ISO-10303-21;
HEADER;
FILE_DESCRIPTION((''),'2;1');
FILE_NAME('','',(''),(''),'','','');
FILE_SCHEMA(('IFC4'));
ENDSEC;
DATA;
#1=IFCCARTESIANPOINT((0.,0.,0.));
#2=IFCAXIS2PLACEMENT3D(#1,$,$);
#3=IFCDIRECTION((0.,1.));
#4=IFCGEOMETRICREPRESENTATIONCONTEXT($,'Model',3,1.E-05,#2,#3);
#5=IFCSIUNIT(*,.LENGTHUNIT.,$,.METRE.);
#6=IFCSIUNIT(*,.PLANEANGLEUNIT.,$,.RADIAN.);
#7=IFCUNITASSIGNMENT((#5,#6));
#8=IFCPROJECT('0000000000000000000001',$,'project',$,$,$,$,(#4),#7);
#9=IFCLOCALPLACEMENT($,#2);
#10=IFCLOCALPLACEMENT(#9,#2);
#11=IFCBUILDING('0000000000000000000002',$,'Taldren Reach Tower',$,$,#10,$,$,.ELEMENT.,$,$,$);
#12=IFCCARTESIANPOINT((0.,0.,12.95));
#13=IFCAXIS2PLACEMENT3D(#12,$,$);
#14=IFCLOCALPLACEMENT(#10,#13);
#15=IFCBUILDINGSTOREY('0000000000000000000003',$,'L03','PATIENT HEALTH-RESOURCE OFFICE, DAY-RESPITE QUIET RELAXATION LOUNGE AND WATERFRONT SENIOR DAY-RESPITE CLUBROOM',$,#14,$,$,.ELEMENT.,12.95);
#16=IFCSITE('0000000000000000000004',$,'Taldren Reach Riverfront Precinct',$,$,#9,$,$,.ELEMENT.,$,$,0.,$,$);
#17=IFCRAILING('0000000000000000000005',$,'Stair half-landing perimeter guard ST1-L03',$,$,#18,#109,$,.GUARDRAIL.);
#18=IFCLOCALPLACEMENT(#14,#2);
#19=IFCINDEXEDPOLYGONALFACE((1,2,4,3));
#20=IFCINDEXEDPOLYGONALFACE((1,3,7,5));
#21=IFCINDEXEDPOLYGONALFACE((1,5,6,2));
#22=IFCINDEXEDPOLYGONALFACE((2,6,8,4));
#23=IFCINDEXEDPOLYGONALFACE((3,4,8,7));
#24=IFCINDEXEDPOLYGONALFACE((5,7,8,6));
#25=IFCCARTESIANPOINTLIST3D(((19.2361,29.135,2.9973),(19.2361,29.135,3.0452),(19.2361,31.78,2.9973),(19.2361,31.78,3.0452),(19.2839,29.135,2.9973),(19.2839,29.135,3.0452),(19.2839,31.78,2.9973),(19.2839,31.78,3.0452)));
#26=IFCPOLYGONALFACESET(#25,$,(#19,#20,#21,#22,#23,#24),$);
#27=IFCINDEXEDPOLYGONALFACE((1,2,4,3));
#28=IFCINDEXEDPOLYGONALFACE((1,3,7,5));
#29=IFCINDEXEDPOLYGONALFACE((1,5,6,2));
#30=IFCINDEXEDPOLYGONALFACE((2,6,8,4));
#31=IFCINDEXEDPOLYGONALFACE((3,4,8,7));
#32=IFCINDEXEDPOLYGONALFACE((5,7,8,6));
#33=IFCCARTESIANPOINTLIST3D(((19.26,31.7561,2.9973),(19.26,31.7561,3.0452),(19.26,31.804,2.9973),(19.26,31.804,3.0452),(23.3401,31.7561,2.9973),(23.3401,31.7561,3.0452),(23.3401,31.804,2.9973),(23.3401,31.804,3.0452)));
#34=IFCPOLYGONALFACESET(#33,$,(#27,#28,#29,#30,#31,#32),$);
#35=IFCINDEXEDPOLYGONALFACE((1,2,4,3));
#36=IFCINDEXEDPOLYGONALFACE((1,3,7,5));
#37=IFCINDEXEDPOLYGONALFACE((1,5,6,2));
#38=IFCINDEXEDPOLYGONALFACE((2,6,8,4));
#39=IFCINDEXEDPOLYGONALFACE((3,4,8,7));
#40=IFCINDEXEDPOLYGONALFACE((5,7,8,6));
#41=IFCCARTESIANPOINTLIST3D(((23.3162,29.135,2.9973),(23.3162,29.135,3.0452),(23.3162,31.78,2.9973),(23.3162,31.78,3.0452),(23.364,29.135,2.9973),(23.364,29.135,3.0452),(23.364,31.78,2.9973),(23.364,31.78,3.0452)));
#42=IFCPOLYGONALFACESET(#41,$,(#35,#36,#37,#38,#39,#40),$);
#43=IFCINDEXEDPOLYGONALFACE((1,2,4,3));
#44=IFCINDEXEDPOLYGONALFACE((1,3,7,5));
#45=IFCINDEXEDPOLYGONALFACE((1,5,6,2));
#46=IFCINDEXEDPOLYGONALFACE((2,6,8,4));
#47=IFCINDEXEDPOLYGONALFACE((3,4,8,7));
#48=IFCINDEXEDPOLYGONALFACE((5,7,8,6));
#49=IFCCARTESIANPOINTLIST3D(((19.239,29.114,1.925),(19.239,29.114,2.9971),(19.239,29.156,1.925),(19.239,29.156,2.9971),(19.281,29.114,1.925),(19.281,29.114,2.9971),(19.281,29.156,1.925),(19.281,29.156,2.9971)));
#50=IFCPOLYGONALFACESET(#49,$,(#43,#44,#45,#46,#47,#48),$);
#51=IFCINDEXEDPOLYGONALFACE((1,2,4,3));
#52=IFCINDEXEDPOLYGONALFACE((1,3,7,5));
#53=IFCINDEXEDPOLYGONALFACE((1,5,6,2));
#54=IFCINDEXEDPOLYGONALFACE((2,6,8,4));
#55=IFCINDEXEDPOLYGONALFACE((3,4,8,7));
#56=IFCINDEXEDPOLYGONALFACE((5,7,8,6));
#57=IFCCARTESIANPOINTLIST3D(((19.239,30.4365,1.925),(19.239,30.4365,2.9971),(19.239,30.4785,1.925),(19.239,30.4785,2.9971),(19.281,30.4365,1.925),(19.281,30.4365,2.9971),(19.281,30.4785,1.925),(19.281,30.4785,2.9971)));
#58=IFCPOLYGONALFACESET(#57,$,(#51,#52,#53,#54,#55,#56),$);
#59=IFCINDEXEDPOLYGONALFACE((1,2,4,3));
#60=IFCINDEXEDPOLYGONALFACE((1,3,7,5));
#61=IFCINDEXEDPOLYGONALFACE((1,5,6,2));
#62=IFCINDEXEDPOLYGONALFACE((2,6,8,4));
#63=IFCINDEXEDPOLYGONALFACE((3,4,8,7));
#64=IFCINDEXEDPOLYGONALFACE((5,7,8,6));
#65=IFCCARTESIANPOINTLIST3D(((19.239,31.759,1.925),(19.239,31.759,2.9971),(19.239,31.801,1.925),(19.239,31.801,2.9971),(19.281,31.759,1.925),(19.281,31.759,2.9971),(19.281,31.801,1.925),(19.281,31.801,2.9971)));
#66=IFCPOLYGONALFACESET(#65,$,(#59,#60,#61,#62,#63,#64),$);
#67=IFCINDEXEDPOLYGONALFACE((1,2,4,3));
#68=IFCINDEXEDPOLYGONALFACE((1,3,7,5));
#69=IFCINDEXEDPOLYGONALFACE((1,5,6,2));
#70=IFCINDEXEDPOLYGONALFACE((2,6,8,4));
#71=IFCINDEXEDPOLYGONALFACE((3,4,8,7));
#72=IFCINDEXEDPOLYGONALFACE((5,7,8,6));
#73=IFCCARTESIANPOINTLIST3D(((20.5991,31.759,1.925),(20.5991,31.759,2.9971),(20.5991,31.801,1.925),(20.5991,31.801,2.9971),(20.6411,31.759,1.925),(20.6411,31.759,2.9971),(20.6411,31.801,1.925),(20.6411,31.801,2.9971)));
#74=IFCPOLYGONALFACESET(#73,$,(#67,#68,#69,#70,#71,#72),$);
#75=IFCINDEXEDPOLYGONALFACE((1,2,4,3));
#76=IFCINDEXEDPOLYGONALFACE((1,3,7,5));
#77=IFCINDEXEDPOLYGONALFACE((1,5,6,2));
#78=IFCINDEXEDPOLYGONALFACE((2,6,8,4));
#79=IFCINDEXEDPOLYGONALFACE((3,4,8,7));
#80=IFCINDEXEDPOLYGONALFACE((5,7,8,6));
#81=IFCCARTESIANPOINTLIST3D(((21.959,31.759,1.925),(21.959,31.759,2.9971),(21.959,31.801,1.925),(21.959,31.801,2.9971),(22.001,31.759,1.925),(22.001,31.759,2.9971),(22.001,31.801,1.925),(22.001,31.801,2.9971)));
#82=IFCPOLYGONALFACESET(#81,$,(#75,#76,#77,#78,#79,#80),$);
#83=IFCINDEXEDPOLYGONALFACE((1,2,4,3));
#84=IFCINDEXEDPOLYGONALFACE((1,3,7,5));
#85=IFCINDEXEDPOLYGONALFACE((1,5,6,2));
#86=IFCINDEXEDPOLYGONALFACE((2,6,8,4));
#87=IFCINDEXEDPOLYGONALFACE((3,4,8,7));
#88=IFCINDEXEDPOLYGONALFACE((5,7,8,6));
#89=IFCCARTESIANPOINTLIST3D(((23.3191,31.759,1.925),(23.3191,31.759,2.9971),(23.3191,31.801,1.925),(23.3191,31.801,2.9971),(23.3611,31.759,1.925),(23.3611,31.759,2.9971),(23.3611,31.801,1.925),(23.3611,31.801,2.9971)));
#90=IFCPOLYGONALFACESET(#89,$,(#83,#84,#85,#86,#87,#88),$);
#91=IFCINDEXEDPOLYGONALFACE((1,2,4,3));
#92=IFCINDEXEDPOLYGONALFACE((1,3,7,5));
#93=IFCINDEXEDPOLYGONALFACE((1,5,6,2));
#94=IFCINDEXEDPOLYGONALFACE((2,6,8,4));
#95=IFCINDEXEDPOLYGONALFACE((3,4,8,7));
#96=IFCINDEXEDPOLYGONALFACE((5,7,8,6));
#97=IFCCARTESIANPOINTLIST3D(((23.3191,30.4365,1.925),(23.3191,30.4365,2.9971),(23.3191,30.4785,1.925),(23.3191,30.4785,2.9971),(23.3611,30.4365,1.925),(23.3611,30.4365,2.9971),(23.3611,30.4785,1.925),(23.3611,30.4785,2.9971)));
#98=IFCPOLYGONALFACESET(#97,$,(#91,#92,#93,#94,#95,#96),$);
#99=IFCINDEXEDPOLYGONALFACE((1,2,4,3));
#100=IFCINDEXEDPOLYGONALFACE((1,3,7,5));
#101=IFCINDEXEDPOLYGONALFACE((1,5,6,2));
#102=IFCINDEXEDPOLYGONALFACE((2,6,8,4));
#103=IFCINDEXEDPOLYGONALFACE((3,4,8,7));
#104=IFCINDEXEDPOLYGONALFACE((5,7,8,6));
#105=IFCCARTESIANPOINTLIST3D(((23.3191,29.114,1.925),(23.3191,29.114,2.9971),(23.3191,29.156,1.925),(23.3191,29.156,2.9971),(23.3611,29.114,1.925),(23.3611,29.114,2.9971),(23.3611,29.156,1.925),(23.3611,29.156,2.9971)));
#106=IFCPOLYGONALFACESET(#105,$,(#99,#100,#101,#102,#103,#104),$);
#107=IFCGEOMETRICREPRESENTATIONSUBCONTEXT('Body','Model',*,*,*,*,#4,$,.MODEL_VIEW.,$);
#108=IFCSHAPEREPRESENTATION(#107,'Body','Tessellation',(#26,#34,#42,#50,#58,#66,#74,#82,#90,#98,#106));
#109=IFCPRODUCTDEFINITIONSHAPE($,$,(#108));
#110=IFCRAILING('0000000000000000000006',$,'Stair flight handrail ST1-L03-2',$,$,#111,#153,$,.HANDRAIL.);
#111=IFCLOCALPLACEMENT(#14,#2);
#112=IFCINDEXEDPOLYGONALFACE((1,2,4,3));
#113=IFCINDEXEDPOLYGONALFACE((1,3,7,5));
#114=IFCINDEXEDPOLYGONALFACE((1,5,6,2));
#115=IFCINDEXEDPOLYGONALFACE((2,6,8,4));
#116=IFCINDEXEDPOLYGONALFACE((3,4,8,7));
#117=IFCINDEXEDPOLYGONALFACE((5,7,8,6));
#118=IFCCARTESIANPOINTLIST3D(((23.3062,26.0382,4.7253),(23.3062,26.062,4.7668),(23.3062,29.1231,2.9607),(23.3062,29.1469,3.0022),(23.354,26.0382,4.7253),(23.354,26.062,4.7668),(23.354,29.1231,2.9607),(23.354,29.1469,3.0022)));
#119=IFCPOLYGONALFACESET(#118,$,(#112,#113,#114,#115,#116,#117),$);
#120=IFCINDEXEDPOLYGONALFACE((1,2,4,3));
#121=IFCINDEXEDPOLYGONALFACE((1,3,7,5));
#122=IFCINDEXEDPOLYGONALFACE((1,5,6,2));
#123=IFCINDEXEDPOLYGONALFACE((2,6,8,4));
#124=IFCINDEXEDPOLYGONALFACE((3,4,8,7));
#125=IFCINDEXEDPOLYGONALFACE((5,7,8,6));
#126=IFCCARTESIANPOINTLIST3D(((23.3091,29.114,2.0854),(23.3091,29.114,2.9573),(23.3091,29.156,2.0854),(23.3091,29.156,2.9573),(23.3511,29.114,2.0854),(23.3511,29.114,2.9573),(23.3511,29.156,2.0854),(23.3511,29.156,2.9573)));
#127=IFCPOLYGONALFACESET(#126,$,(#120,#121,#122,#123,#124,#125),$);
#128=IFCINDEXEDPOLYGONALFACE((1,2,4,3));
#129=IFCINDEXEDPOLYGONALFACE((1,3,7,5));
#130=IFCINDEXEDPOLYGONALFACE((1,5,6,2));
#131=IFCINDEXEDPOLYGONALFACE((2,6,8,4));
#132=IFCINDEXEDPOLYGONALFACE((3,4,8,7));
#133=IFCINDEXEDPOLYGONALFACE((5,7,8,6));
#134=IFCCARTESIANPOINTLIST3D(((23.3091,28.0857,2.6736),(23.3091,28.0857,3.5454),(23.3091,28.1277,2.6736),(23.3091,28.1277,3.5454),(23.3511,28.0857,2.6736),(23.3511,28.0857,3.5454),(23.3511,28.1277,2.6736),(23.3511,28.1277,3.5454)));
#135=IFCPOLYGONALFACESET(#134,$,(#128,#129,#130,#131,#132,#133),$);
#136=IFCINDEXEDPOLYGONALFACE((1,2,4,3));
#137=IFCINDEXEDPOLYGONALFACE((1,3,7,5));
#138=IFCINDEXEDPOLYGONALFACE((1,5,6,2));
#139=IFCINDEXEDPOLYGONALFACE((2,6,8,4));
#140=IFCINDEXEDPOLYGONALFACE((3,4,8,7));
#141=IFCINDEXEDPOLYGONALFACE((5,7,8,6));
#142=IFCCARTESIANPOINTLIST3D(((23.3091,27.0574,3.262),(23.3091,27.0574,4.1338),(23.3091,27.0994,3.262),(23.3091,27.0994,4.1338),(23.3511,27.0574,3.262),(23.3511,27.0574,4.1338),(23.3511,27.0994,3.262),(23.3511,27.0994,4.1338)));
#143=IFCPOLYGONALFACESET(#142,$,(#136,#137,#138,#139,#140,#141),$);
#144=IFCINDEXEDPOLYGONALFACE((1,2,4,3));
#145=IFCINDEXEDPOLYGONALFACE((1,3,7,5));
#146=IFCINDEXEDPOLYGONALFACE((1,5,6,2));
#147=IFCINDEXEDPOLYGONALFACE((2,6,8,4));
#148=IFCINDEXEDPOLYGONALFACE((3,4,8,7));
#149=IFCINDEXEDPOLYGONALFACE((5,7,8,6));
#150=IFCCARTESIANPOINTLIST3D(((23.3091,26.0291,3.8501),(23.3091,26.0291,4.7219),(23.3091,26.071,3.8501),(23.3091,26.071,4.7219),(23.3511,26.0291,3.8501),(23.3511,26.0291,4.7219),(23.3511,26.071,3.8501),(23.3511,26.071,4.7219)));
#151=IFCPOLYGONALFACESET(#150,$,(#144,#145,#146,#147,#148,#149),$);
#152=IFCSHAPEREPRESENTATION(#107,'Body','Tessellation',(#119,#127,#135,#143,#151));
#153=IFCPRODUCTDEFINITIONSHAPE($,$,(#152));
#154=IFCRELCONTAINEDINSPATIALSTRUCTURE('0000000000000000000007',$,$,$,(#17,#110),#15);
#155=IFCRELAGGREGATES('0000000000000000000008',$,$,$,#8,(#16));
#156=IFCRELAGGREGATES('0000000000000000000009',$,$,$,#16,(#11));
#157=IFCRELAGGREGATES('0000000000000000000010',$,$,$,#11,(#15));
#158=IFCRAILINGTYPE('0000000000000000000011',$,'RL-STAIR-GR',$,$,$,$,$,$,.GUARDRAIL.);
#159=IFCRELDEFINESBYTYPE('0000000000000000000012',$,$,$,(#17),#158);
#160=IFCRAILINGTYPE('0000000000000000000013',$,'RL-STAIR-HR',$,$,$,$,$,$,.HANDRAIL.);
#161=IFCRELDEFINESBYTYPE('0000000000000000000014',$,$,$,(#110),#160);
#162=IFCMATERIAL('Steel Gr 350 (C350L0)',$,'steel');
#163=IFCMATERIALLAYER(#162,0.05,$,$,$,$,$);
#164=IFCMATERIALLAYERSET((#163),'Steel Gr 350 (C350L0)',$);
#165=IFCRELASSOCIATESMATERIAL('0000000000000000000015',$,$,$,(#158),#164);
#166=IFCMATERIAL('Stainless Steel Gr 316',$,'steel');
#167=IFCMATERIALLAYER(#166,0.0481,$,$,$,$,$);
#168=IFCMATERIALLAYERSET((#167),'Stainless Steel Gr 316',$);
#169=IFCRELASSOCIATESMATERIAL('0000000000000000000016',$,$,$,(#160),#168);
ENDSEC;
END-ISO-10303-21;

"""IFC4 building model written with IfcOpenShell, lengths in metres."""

from ifc_helpers import new_model, si_unit, direction, frame, origin, origin_2d, place, context, subcontext, project, spatial, rectangle, extrude, material, layer, layer_set, type_object, element, save


model = new_model("IFC4")

# Units and contexts
model_context = context("Model", 3, precision=1e-05, world=origin(), true_north=direction((0.0, 1.0)))
body_context = subcontext(model_context, "Body", "Model", "MODEL_VIEW")
ifc_project = project(units=[si_unit("LENGTHUNIT", "METRE"), si_unit("PLANEANGLEUNIT", "RADIAN")], contexts=[model_context])

# Site, building, storey
site_placement = place(None, origin())
site = spatial("IfcSite", under=ifc_project, at=site_placement, Name="Taldren Reach Riverfront Precinct", CompositionType="ELEMENT", RefElevation=0.0)
building_placement = place(site_placement, origin())
building = spatial("IfcBuilding", under=site, at=building_placement, Name="Taldren Reach Tower", CompositionType="ELEMENT")
storey_placement = place(building_placement, frame((0.0, 0.0, 12.95)))
storey = spatial("IfcBuildingStorey", under=building, at=storey_placement, Name="L03", Description="PATIENT HEALTH-RESOURCE OFFICE, DAY-RESPITE QUIET RELAXATION LOUNGE AND WATERFRONT SENIOR DAY-RESPITE CLUBROOM", CompositionType="ELEMENT", Elevation=12.95)

# Shared definitions
ifc_material_1 = material(Name="Steel Gr 350 (C350L0)", Category="steel")

# Railings
ifc_layer_1 = layer(ifc_material_1, 0.05)
ifc_layer_set_1 = layer_set([ifc_layer_1], Name="Steel Gr 350 (C350L0)")
railing_type_1 = type_object("IfcRailingType", Name="RL-STAIR-GR", PredefinedType="GUARDRAIL", material=ifc_layer_set_1)
railing_1_placement = place(storey_placement, frame((19.26, 29.135, 1.925)))
element("IfcRailing", 1, at=railing_1_placement, inside=storey, type_object=railing_type_1, Name="Stair half-landing perimeter guard ST1-L03", PredefinedType="GUARDRAIL", context=body_context, shape_type="SweptSolid", body=[
    extrude(rectangle(XDim=0.0479, YDim=0.0479, at=origin_2d()), frame((0.0, 0.0, 1.0962), z_axis=(0.0, 1.0, 0.0), x_axis=(-1.0, 0.0, 0.0)), (0.0, 0.0, 1.0), 2.645),
    extrude(rectangle(XDim=0.0479, YDim=0.0479, at=origin_2d()), frame((0.0, 2.645, 1.0962), z_axis=(1.0, 0.0, 0.0), x_axis=(0.0, 1.0, 0.0)), (0.0, 0.0, 1.0), 4.0801),
    extrude(rectangle(XDim=0.0479, YDim=0.0479, at=origin_2d()), frame((4.0801, 2.645, 1.0962), z_axis=(0.0, -1.0, 0.0), x_axis=(1.0, 0.0, 0.0)), (0.0, 0.0, 1.0), 2.645),
    extrude(rectangle(XDim=0.042, YDim=0.042, at=origin_2d()), origin(), (0.0, 0.0, 1.0), 1.072),
    extrude(rectangle(XDim=0.042, YDim=0.042, at=origin_2d()), frame((0.0, 1.3225, 0.0)), (0.0, 0.0, 1.0), 1.072),
    extrude(rectangle(XDim=0.042, YDim=0.042, at=origin_2d()), frame((0.0, 2.645, 0.0)), (0.0, 0.0, 1.0), 1.072),
    extrude(rectangle(XDim=0.042, YDim=0.042, at=origin_2d()), frame((1.3601, 2.645, 0.0)), (0.0, 0.0, 1.0), 1.072),
    extrude(rectangle(XDim=0.042, YDim=0.042, at=origin_2d()), frame((2.72, 2.645, 0.0)), (0.0, 0.0, 1.0), 1.072),
    extrude(rectangle(XDim=0.042, YDim=0.042, at=origin_2d()), frame((4.0801, 2.645, 0.0)), (0.0, 0.0, 1.0), 1.072),
    extrude(rectangle(XDim=0.042, YDim=0.042, at=origin_2d()), frame((4.0801, 1.3225, 0.0)), (0.0, 0.0, 1.0), 1.072),
    extrude(rectangle(XDim=0.042, YDim=0.042, at=origin_2d()), frame((4.0801, 0.0, 0.0)), (0.0, 0.0, 1.0), 1.072),
])
ifc_material_2 = material(Name="Stainless Steel Gr 316", Category="steel")
ifc_layer_2 = layer(ifc_material_2, 0.0481)
ifc_layer_set_2 = layer_set([ifc_layer_2], Name="Stainless Steel Gr 316")
railing_type_2 = type_object("IfcRailingType", Name="RL-STAIR-HR", PredefinedType="HANDRAIL", material=ifc_layer_set_2)
railing_2_placement = place(storey_placement, frame((23.3301, 29.135, 2.0854)))
element("IfcRailing", 2, at=railing_2_placement, inside=storey, type_object=railing_type_2, Name="Stair flight handrail ST1-L03-2", PredefinedType="HANDRAIL", context=body_context, shape_type="SweptSolid", body=[
    extrude(rectangle(XDim=0.0479, YDim=0.0479, at=origin_2d()), frame((0.0, 0.0, 0.896), z_axis=(0.0, -0.868023, 0.496524), x_axis=(1.0, 0.0, 0.0)), (0.0, 0.0, 1.0), 3.554),
    extrude(rectangle(XDim=0.042, YDim=0.042, at=origin_2d()), origin(), (0.0, 0.0, 1.0), 0.8718),
    extrude(rectangle(XDim=0.042, YDim=0.042, at=origin_2d()), frame((0.0, -1.0283, 0.5881)), (0.0, 0.0, 1.0), 0.8718),
    extrude(rectangle(XDim=0.042, YDim=0.042, at=origin_2d()), frame((0.0, -2.0566, 1.1765)), (0.0, 0.0, 1.0), 0.8718),
    extrude(rectangle(XDim=0.042, YDim=0.042, at=origin_2d()), frame((0.0, -3.085, 1.7646)), (0.0, 0.0, 1.0), 0.8718),
])

save(model, "model.ifc")
